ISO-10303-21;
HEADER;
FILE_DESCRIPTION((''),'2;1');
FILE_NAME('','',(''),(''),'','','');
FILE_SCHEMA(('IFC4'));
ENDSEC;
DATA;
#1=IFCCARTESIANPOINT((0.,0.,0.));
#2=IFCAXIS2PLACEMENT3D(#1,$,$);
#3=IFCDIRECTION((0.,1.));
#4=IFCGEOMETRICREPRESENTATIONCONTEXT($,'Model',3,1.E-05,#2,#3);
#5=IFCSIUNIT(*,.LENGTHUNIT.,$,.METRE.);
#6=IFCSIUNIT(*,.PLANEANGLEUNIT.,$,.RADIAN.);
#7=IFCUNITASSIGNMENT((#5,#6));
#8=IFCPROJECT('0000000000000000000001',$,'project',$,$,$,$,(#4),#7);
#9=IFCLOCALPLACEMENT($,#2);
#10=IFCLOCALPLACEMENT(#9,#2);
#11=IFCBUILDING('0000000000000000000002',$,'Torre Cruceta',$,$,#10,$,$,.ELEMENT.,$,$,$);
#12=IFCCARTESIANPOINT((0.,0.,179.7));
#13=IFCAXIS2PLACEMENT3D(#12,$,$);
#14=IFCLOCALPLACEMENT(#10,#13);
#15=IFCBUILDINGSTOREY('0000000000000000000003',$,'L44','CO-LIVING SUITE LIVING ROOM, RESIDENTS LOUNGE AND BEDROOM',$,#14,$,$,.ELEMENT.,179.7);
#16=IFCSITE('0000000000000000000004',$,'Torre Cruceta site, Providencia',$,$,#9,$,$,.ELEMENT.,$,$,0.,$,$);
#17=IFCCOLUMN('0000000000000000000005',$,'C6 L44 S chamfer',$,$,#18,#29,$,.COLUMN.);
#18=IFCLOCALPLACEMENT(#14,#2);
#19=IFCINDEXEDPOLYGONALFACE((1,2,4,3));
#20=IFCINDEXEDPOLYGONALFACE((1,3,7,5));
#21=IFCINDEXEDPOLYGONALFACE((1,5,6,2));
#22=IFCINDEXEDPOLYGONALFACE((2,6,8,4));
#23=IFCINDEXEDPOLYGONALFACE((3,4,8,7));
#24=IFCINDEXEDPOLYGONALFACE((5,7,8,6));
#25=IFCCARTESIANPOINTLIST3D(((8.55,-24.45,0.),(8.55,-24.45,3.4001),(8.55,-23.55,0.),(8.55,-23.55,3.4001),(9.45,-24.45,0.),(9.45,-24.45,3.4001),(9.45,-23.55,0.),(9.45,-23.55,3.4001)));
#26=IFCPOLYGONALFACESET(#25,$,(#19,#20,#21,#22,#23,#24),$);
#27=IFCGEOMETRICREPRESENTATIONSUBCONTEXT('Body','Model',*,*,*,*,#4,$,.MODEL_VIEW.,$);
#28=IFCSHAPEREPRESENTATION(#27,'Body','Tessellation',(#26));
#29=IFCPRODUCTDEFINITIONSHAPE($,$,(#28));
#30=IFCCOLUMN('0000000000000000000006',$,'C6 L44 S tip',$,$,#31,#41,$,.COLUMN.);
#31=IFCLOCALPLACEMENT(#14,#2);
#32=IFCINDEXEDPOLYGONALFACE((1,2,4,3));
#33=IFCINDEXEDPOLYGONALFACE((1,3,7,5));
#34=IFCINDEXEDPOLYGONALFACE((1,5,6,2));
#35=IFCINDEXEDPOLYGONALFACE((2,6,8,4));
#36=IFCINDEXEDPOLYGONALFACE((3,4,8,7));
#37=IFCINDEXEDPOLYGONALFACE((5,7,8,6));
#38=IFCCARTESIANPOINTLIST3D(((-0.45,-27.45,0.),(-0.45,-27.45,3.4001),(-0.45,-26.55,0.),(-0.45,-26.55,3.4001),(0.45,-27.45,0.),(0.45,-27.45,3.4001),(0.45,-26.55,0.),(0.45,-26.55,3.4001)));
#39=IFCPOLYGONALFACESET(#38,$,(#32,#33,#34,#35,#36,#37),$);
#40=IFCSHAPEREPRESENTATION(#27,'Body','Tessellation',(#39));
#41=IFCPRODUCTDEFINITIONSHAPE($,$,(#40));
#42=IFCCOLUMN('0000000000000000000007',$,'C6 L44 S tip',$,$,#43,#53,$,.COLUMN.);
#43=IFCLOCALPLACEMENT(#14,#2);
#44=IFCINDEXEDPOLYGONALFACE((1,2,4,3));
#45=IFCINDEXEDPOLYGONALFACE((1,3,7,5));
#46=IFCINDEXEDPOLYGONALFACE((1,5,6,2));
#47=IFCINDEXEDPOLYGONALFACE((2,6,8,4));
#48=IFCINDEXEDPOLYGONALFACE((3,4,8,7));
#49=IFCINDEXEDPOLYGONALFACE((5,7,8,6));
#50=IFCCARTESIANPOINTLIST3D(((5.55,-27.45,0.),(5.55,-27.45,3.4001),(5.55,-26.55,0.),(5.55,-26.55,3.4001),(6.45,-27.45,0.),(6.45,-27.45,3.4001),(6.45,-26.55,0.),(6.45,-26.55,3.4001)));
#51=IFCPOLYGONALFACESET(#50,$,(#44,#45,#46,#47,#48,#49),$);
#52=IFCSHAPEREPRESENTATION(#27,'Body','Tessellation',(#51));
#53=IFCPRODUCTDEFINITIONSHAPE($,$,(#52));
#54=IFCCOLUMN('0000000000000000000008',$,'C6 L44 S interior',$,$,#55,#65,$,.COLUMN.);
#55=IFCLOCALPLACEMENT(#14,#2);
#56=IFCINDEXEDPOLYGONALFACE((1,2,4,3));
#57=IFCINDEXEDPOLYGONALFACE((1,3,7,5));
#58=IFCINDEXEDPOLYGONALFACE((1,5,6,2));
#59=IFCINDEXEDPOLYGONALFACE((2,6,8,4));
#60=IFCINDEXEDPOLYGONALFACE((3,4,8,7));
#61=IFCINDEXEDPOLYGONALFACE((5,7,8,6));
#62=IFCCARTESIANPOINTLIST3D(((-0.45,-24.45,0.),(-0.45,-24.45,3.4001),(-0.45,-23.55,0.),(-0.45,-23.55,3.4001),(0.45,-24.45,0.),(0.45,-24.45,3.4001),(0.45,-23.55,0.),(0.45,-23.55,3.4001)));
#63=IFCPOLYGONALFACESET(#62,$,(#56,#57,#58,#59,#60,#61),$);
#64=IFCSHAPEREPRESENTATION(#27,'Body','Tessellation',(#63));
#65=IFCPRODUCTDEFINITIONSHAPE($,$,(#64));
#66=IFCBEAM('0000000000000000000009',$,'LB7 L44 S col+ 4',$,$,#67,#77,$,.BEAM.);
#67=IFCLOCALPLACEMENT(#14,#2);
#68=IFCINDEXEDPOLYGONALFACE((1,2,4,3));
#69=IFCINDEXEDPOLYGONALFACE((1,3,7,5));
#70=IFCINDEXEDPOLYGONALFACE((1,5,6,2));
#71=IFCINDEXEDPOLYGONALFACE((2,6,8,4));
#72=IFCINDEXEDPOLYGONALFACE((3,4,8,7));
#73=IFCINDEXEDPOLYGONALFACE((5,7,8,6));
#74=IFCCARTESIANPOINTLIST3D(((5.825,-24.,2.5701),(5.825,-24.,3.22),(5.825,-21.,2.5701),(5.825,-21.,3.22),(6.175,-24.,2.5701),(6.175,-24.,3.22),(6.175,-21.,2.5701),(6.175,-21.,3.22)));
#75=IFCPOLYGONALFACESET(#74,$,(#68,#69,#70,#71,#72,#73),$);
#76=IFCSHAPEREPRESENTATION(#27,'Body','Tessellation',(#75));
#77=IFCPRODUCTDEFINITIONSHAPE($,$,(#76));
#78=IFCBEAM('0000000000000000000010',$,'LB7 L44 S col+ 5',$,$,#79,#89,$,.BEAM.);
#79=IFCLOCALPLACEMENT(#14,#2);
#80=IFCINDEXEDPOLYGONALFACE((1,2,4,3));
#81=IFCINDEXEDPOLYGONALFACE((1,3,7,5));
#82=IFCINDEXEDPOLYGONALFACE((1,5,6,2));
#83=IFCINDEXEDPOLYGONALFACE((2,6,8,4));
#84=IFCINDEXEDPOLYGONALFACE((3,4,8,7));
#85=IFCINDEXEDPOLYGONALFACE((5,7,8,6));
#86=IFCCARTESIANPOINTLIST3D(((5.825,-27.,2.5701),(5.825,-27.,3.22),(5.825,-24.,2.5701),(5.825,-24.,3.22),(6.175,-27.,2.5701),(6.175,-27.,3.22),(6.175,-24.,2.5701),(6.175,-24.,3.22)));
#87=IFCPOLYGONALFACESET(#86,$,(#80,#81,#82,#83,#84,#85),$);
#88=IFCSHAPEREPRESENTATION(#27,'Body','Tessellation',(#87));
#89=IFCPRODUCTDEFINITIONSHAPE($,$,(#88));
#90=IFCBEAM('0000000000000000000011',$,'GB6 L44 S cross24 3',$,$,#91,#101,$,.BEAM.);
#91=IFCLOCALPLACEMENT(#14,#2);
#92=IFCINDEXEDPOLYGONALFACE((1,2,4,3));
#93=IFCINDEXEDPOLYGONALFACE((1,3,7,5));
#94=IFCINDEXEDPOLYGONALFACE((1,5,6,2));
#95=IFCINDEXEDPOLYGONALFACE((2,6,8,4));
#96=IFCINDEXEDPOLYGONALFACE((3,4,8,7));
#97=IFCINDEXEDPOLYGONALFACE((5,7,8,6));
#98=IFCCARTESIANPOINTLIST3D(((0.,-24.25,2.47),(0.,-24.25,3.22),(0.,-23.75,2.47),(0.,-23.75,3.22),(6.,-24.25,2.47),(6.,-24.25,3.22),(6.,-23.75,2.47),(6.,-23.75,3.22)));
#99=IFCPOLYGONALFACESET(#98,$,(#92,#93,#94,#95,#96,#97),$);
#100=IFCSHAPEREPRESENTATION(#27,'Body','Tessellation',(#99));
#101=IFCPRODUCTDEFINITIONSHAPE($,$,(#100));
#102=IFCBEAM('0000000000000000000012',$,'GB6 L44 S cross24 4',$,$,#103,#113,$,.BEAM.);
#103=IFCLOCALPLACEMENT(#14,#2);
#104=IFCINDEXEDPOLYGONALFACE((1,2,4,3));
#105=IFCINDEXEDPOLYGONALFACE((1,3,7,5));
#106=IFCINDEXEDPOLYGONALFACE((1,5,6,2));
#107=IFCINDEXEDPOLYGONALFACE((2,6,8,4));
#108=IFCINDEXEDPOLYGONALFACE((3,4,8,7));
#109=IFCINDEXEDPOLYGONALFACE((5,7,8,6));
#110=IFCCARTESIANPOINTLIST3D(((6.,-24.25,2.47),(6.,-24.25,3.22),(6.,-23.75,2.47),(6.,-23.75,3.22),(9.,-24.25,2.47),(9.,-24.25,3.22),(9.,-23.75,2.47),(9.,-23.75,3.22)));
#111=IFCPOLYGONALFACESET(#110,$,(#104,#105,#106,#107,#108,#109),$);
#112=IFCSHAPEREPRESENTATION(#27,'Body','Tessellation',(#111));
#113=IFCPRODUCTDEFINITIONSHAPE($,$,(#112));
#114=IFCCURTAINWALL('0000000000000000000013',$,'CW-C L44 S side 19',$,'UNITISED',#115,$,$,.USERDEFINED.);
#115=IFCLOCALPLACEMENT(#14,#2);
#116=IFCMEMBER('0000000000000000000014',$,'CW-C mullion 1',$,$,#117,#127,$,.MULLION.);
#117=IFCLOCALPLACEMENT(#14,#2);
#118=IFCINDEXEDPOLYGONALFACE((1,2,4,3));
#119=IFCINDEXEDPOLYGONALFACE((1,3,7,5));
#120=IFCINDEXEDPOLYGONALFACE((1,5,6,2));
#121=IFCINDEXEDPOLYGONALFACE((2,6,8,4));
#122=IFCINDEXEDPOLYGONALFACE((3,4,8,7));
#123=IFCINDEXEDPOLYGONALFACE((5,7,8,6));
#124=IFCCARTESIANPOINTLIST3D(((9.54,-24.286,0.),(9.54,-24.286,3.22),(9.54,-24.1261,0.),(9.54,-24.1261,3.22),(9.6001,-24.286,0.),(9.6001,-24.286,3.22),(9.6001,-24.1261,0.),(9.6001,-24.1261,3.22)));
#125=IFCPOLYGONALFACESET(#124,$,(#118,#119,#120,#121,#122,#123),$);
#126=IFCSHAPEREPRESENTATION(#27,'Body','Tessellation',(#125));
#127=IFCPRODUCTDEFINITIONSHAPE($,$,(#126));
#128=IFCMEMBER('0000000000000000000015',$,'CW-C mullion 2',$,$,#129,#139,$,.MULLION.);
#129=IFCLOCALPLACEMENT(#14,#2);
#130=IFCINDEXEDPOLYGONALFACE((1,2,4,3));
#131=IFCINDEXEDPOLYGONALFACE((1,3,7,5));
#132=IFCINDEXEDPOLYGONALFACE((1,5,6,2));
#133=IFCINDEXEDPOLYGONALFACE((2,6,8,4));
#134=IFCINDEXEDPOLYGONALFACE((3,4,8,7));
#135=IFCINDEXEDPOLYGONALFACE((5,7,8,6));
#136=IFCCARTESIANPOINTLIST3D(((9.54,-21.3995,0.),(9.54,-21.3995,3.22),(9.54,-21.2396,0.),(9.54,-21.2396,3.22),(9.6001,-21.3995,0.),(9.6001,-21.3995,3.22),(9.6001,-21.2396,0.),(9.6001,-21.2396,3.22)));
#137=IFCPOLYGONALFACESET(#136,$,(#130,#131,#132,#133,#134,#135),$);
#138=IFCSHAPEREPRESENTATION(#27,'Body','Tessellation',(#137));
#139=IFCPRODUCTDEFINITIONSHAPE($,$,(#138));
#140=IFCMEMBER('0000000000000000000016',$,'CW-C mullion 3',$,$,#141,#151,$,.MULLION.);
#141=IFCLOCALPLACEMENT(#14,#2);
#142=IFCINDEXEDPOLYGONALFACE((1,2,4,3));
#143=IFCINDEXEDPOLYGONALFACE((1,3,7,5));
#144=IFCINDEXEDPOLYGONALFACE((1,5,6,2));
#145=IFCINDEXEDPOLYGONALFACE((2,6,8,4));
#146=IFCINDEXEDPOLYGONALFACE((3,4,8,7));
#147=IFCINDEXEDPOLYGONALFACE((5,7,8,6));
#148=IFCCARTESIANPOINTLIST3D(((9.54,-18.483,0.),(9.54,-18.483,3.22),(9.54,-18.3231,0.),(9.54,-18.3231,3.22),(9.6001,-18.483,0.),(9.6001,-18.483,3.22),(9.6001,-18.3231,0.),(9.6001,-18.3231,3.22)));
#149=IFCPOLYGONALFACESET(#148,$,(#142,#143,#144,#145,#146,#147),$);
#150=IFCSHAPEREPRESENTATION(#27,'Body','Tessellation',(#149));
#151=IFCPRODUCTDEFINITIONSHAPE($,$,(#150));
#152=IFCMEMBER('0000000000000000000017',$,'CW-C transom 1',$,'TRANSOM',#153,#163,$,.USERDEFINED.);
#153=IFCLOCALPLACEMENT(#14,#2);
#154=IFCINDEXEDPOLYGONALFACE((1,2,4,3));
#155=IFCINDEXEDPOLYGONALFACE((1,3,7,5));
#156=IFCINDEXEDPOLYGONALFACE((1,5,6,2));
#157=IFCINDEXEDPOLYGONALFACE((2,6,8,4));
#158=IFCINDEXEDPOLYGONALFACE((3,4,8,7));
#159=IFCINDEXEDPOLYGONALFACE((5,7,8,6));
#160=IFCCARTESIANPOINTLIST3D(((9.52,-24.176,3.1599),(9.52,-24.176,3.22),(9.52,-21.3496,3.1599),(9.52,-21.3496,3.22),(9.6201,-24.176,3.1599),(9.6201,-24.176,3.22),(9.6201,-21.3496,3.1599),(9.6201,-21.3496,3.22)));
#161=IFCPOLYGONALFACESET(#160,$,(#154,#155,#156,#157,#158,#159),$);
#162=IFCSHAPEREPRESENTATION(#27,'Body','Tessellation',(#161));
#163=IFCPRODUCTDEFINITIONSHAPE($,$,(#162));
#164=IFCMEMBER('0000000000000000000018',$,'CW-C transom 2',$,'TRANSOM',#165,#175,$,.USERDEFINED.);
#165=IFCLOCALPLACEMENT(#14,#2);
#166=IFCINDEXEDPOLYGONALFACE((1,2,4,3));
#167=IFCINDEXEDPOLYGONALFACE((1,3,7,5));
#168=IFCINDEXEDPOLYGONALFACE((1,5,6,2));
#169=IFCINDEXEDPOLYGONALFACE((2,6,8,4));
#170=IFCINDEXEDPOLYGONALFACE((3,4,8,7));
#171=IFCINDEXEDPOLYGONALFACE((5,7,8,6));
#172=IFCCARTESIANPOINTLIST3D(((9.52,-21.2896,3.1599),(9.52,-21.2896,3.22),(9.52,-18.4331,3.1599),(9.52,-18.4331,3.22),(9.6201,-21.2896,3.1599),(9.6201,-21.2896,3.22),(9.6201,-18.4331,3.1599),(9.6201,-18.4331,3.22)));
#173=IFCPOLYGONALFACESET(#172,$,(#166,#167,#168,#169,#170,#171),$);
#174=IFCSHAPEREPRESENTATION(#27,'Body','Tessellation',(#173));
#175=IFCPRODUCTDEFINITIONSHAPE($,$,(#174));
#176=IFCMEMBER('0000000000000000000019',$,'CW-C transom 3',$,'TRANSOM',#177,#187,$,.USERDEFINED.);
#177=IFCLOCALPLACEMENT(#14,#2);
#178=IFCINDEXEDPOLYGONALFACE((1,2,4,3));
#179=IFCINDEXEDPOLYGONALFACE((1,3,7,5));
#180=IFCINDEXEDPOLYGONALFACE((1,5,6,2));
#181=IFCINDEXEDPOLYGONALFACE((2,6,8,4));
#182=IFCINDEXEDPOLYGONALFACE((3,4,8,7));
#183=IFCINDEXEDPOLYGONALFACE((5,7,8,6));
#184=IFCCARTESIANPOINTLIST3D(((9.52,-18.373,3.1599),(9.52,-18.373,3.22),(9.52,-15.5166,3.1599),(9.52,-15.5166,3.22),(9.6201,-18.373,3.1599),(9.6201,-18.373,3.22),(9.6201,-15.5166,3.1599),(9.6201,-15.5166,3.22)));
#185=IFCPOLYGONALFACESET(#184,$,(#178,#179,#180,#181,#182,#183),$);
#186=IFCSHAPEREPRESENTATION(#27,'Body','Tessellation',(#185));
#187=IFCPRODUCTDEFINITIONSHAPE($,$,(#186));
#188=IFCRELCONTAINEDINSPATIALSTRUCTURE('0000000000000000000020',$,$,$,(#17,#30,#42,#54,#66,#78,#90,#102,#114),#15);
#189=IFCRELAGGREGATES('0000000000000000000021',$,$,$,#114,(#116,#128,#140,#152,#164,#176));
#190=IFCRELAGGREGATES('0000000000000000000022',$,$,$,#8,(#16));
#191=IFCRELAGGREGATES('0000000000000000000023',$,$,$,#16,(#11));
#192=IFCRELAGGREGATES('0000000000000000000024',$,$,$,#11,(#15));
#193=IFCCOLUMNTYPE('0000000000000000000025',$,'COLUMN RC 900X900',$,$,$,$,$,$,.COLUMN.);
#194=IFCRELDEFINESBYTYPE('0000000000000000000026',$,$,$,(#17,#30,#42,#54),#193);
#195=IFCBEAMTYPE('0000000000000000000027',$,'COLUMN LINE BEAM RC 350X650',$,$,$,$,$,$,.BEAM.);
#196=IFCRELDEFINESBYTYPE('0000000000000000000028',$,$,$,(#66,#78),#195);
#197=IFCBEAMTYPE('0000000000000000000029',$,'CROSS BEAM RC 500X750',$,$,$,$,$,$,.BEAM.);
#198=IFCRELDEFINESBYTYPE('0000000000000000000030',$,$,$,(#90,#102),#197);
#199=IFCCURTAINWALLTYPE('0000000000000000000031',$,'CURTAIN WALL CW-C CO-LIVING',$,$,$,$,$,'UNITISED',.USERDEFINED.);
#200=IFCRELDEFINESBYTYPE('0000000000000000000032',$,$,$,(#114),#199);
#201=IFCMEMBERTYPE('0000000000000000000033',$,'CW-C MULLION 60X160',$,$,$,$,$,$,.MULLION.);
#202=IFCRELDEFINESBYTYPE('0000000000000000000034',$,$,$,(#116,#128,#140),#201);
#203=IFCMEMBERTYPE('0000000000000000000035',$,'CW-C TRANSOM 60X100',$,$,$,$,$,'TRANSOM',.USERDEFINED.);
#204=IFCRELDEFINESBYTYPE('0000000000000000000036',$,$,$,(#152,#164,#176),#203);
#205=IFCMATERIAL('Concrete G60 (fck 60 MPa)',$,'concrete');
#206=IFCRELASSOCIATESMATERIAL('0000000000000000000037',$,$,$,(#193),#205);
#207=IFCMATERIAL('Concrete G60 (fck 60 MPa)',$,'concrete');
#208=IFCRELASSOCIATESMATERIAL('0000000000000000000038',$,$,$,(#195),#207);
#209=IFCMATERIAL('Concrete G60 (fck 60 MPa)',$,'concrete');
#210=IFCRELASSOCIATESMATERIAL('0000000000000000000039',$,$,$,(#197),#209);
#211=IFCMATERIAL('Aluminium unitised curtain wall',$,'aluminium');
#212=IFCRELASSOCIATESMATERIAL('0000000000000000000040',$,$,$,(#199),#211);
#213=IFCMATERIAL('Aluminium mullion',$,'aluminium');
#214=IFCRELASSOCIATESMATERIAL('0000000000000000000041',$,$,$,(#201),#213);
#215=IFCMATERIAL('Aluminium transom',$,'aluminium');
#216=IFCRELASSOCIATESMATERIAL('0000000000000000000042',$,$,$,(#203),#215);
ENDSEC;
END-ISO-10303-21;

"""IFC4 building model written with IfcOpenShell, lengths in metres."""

from ifc_helpers import new_model, si_unit, direction, frame, origin, origin_2d, place, context, subcontext, project, spatial, rectangle, extrude, material, material_profile, profile_set, type_object, element, aggregate, save


model = new_model("IFC4")

# Units and contexts
model_context = context("Model", 3, precision=1e-05, world=origin(), true_north=direction((0.0, 1.0)))
body_context = subcontext(model_context, "Body", "Model", "MODEL_VIEW")
ifc_project = project(units=[si_unit("LENGTHUNIT", "METRE"), si_unit("PLANEANGLEUNIT", "RADIAN")], contexts=[model_context])

# Site, building, storey
site_placement = place(None, origin())
site = spatial("IfcSite", under=ifc_project, at=site_placement, Name="Torre Cruceta site, Providencia", CompositionType="ELEMENT", RefElevation=0.0)
building_placement = place(site_placement, origin())
building = spatial("IfcBuilding", under=site, at=building_placement, Name="Torre Cruceta", CompositionType="ELEMENT")
storey_placement = place(building_placement, frame((0.0, 0.0, 179.7)))
storey = spatial("IfcBuildingStorey", under=building, at=storey_placement, Name="L44", Description="CO-LIVING SUITE LIVING ROOM, RESIDENTS LOUNGE AND BEDROOM", CompositionType="ELEMENT", Elevation=179.7)

# Columns
ifc_material_1 = material(Name="Concrete G60 (fck 60 MPa)", Category="concrete")
ifc_material_profile_1 = material_profile(ifc_material_1, rectangle(XDim=0.8999, YDim=0.8999, at=origin_2d()), Name="RC 900X900")
ifc_profile_set_1 = profile_set([ifc_material_profile_1], Name="Concrete G60 (fck 60 MPa)")
column_type = type_object("IfcColumnType", Name="COLUMN RC 900X900", PredefinedType="COLUMN", material=ifc_profile_set_1)
for number, where, z_axis, x_axis, name in (
    (1, (9.0, -24.0, 0.0), (0.0, 0.0, 1.0), (1.0, 0.0, 0.0), "C6 L44 S chamfer"),
    (2, (0.0, -27.0, 0.0), (0.0, 0.0, 1.0), (1.0, 0.0, 0.0), "C6 L44 S tip"),
    (3, (6.0, -27.0, 0.0), (0.0, 0.0, 1.0), (1.0, 0.0, 0.0), "C6 L44 S tip"),
    (4, (0.0, -24.0, 0.0), (0.0, 0.0, 1.0), (1.0, 0.0, 0.0), "C6 L44 S interior"),
):
    element("IfcColumn", number, at=place(storey_placement, frame(where, z_axis=z_axis, x_axis=x_axis)), inside=storey, type_object=column_type, Name=name, PredefinedType="COLUMN", context=body_context, shape_type="SweptSolid", body=[
        extrude(rectangle(XDim=0.8999, YDim=0.8999, at=origin_2d()), origin(), (0.0, 0.0, 1.0), 3.4001),
    ])

# Beams
ifc_material_2 = material(Name="Concrete G60 (fck 60 MPa)", Category="concrete")
ifc_material_profile_2 = material_profile(ifc_material_2, rectangle(XDim=0.3501, YDim=0.6499, at=origin_2d()), Name="RC 350X650")
ifc_profile_set_2 = profile_set([ifc_material_profile_2], Name="Concrete G60 (fck 60 MPa)")
beam_type_1 = type_object("IfcBeamType", Name="COLUMN LINE BEAM RC 350X650", PredefinedType="BEAM", material=ifc_profile_set_2)
for number, where, z_axis, x_axis, name in (
    (5, (6.0, -21.0, 2.895), (0.0, -1.0, 0.0), (1.0, 0.0, 0.0), "LB7 L44 S col+ 4"),
    (6, (6.0, -24.0, 2.895), (0.0, -1.0, 0.0), (1.0, 0.0, 0.0), "LB7 L44 S col+ 5"),
):
    element("IfcBeam", number, at=place(storey_placement, frame(where, z_axis=z_axis, x_axis=x_axis)), inside=storey, type_object=beam_type_1, Name=name, PredefinedType="BEAM", context=body_context, shape_type="SweptSolid", body=[
        extrude(rectangle(XDim=0.3501, YDim=0.6499, at=origin_2d()), origin(), (0.0, 0.0, 1.0), 3.0),
    ])
ifc_material_3 = material(Name="Concrete G60 (fck 60 MPa)", Category="concrete")
ifc_material_profile_3 = material_profile(ifc_material_3, rectangle(XDim=0.5, YDim=0.75, at=origin_2d()), Name="RC 500X750")
ifc_profile_set_3 = profile_set([ifc_material_profile_3], Name="Concrete G60 (fck 60 MPa)")
beam_type_2 = type_object("IfcBeamType", Name="CROSS BEAM RC 500X750", PredefinedType="BEAM", material=ifc_profile_set_3)
beam_1_placement = place(storey_placement, frame((0.0, -24.0, 2.845), z_axis=(1.0, 0.0, 0.0), x_axis=(0.0, 1.0, 0.0)))
element("IfcBeam", 7, at=beam_1_placement, inside=storey, type_object=beam_type_2, Name="GB6 L44 S cross24 3", PredefinedType="BEAM", context=body_context, shape_type="SweptSolid", body=[
    extrude(rectangle(XDim=0.5, YDim=0.75, at=origin_2d()), origin(), (0.0, 0.0, 1.0), 6.0),
])
beam_2_placement = place(storey_placement, frame((6.0, -24.0, 2.845), z_axis=(1.0, 0.0, 0.0), x_axis=(0.0, 1.0, 0.0)))
element("IfcBeam", 8, at=beam_2_placement, inside=storey, type_object=beam_type_2, Name="GB6 L44 S cross24 4", PredefinedType="BEAM", context=body_context, shape_type="SweptSolid", body=[
    extrude(rectangle(XDim=0.5, YDim=0.75, at=origin_2d()), origin(), (0.0, 0.0, 1.0), 3.0),
])

# Curtain wall, members
ifc_material_4 = material(Name="Aluminium unitised curtain wall", Category="aluminium")
curtain_wall_type = type_object("IfcCurtainWallType", Name="CURTAIN WALL CW-C CO-LIVING", ElementType="UNITISED", PredefinedType="USERDEFINED", material=ifc_material_4)
curtain_wall_placement = place(storey_placement, origin())
curtain_wall = element("IfcCurtainWall", 9, at=curtain_wall_placement, inside=storey, type_object=curtain_wall_type, Name="CW-C L44 S side 19", ObjectType="UNITISED", PredefinedType="USERDEFINED")
ifc_material_5 = material(Name="Aluminium mullion", Category="aluminium")
ifc_material_profile_4 = material_profile(ifc_material_5, rectangle(XDim=0.0601, YDim=0.1599, at=origin_2d()), Name="AL 60X160")
ifc_profile_set_4 = profile_set([ifc_material_profile_4], Name="Aluminium mullion")
member_type_1 = type_object("IfcMemberType", Name="CW-C MULLION 60X160", PredefinedType="MULLION", material=ifc_profile_set_4)
member_1_placement = place(storey_placement, frame((9.5701, -24.2061, 0.0), z_axis=(0.0, 0.0, 1.0), x_axis=(-1.0, 0.0, 0.0)))
member_1 = element("IfcMember", 10, at=member_1_placement, type_object=member_type_1, Name="CW-C mullion 1", PredefinedType="MULLION", context=body_context, shape_type="SweptSolid", body=[
    extrude(rectangle(XDim=0.0601, YDim=0.1599, at=origin_2d()), origin(), (0.0, 0.0, 1.0), 3.22),
])
member_2_placement = place(storey_placement, frame((9.5701, -21.3196, 0.0), z_axis=(0.0, 0.0, 1.0), x_axis=(-1.0, 0.0, 0.0)))
member_2 = element("IfcMember", 11, at=member_2_placement, type_object=member_type_1, Name="CW-C mullion 2", PredefinedType="MULLION", context=body_context, shape_type="SweptSolid", body=[
    extrude(rectangle(XDim=0.0601, YDim=0.1599, at=origin_2d()), origin(), (0.0, 0.0, 1.0), 3.22),
])
member_3_placement = place(storey_placement, frame((9.5701, -18.4031, 0.0), z_axis=(0.0, 0.0, 1.0), x_axis=(-1.0, 0.0, 0.0)))
member_3 = element("IfcMember", 12, at=member_3_placement, type_object=member_type_1, Name="CW-C mullion 3", PredefinedType="MULLION", context=body_context, shape_type="SweptSolid", body=[
    extrude(rectangle(XDim=0.0601, YDim=0.1599, at=origin_2d()), origin(), (0.0, 0.0, 1.0), 3.22),
])
ifc_material_6 = material(Name="Aluminium transom", Category="aluminium")
ifc_material_profile_5 = material_profile(ifc_material_6, rectangle(XDim=0.1001, YDim=0.0601, at=origin_2d()), Name="AL 100X60")
ifc_profile_set_5 = profile_set([ifc_material_profile_5], Name="Aluminium transom")
member_type_2 = type_object("IfcMemberType", Name="CW-C TRANSOM 60X100", ElementType="TRANSOM", PredefinedType="USERDEFINED", material=ifc_profile_set_5)
member_4_placement = place(storey_placement, frame((9.5701, -24.176, 3.1899), z_axis=(0.0, 1.0, 0.0), x_axis=(-1.0, 0.0, 0.0)))
member_4 = element("IfcMember", 13, at=member_4_placement, type_object=member_type_2, Name="CW-C transom 1", ObjectType="TRANSOM", PredefinedType="USERDEFINED", context=body_context, shape_type="SweptSolid", body=[
    extrude(rectangle(XDim=0.1001, YDim=0.0601, at=origin_2d()), origin(), (0.0, 0.0, 1.0), 2.8264),
])
member_5_placement = place(storey_placement, frame((9.5701, -21.2896, 3.1899), z_axis=(0.0, 1.0, 0.0), x_axis=(-1.0, 0.0, 0.0)))
member_5 = element("IfcMember", 14, at=member_5_placement, type_object=member_type_2, Name="CW-C transom 2", ObjectType="TRANSOM", PredefinedType="USERDEFINED", context=body_context, shape_type="SweptSolid", body=[
    extrude(rectangle(XDim=0.1001, YDim=0.0601, at=origin_2d()), origin(), (0.0, 0.0, 1.0), 2.8564),
])
member_6_placement = place(storey_placement, frame((9.5701, -18.373, 3.1899), z_axis=(0.0, 1.0, 0.0), x_axis=(-1.0, 0.0, 0.0)))
member_6 = element("IfcMember", 15, at=member_6_placement, type_object=member_type_2, Name="CW-C transom 3", ObjectType="TRANSOM", PredefinedType="USERDEFINED", context=body_context, shape_type="SweptSolid", body=[
    extrude(rectangle(XDim=0.1001, YDim=0.0601, at=origin_2d()), origin(), (0.0, 0.0, 1.0), 2.8564),
])

aggregate(curtain_wall, [member_1, member_2, member_3, member_4, member_5, member_6])

save(model, "model.ifc")
